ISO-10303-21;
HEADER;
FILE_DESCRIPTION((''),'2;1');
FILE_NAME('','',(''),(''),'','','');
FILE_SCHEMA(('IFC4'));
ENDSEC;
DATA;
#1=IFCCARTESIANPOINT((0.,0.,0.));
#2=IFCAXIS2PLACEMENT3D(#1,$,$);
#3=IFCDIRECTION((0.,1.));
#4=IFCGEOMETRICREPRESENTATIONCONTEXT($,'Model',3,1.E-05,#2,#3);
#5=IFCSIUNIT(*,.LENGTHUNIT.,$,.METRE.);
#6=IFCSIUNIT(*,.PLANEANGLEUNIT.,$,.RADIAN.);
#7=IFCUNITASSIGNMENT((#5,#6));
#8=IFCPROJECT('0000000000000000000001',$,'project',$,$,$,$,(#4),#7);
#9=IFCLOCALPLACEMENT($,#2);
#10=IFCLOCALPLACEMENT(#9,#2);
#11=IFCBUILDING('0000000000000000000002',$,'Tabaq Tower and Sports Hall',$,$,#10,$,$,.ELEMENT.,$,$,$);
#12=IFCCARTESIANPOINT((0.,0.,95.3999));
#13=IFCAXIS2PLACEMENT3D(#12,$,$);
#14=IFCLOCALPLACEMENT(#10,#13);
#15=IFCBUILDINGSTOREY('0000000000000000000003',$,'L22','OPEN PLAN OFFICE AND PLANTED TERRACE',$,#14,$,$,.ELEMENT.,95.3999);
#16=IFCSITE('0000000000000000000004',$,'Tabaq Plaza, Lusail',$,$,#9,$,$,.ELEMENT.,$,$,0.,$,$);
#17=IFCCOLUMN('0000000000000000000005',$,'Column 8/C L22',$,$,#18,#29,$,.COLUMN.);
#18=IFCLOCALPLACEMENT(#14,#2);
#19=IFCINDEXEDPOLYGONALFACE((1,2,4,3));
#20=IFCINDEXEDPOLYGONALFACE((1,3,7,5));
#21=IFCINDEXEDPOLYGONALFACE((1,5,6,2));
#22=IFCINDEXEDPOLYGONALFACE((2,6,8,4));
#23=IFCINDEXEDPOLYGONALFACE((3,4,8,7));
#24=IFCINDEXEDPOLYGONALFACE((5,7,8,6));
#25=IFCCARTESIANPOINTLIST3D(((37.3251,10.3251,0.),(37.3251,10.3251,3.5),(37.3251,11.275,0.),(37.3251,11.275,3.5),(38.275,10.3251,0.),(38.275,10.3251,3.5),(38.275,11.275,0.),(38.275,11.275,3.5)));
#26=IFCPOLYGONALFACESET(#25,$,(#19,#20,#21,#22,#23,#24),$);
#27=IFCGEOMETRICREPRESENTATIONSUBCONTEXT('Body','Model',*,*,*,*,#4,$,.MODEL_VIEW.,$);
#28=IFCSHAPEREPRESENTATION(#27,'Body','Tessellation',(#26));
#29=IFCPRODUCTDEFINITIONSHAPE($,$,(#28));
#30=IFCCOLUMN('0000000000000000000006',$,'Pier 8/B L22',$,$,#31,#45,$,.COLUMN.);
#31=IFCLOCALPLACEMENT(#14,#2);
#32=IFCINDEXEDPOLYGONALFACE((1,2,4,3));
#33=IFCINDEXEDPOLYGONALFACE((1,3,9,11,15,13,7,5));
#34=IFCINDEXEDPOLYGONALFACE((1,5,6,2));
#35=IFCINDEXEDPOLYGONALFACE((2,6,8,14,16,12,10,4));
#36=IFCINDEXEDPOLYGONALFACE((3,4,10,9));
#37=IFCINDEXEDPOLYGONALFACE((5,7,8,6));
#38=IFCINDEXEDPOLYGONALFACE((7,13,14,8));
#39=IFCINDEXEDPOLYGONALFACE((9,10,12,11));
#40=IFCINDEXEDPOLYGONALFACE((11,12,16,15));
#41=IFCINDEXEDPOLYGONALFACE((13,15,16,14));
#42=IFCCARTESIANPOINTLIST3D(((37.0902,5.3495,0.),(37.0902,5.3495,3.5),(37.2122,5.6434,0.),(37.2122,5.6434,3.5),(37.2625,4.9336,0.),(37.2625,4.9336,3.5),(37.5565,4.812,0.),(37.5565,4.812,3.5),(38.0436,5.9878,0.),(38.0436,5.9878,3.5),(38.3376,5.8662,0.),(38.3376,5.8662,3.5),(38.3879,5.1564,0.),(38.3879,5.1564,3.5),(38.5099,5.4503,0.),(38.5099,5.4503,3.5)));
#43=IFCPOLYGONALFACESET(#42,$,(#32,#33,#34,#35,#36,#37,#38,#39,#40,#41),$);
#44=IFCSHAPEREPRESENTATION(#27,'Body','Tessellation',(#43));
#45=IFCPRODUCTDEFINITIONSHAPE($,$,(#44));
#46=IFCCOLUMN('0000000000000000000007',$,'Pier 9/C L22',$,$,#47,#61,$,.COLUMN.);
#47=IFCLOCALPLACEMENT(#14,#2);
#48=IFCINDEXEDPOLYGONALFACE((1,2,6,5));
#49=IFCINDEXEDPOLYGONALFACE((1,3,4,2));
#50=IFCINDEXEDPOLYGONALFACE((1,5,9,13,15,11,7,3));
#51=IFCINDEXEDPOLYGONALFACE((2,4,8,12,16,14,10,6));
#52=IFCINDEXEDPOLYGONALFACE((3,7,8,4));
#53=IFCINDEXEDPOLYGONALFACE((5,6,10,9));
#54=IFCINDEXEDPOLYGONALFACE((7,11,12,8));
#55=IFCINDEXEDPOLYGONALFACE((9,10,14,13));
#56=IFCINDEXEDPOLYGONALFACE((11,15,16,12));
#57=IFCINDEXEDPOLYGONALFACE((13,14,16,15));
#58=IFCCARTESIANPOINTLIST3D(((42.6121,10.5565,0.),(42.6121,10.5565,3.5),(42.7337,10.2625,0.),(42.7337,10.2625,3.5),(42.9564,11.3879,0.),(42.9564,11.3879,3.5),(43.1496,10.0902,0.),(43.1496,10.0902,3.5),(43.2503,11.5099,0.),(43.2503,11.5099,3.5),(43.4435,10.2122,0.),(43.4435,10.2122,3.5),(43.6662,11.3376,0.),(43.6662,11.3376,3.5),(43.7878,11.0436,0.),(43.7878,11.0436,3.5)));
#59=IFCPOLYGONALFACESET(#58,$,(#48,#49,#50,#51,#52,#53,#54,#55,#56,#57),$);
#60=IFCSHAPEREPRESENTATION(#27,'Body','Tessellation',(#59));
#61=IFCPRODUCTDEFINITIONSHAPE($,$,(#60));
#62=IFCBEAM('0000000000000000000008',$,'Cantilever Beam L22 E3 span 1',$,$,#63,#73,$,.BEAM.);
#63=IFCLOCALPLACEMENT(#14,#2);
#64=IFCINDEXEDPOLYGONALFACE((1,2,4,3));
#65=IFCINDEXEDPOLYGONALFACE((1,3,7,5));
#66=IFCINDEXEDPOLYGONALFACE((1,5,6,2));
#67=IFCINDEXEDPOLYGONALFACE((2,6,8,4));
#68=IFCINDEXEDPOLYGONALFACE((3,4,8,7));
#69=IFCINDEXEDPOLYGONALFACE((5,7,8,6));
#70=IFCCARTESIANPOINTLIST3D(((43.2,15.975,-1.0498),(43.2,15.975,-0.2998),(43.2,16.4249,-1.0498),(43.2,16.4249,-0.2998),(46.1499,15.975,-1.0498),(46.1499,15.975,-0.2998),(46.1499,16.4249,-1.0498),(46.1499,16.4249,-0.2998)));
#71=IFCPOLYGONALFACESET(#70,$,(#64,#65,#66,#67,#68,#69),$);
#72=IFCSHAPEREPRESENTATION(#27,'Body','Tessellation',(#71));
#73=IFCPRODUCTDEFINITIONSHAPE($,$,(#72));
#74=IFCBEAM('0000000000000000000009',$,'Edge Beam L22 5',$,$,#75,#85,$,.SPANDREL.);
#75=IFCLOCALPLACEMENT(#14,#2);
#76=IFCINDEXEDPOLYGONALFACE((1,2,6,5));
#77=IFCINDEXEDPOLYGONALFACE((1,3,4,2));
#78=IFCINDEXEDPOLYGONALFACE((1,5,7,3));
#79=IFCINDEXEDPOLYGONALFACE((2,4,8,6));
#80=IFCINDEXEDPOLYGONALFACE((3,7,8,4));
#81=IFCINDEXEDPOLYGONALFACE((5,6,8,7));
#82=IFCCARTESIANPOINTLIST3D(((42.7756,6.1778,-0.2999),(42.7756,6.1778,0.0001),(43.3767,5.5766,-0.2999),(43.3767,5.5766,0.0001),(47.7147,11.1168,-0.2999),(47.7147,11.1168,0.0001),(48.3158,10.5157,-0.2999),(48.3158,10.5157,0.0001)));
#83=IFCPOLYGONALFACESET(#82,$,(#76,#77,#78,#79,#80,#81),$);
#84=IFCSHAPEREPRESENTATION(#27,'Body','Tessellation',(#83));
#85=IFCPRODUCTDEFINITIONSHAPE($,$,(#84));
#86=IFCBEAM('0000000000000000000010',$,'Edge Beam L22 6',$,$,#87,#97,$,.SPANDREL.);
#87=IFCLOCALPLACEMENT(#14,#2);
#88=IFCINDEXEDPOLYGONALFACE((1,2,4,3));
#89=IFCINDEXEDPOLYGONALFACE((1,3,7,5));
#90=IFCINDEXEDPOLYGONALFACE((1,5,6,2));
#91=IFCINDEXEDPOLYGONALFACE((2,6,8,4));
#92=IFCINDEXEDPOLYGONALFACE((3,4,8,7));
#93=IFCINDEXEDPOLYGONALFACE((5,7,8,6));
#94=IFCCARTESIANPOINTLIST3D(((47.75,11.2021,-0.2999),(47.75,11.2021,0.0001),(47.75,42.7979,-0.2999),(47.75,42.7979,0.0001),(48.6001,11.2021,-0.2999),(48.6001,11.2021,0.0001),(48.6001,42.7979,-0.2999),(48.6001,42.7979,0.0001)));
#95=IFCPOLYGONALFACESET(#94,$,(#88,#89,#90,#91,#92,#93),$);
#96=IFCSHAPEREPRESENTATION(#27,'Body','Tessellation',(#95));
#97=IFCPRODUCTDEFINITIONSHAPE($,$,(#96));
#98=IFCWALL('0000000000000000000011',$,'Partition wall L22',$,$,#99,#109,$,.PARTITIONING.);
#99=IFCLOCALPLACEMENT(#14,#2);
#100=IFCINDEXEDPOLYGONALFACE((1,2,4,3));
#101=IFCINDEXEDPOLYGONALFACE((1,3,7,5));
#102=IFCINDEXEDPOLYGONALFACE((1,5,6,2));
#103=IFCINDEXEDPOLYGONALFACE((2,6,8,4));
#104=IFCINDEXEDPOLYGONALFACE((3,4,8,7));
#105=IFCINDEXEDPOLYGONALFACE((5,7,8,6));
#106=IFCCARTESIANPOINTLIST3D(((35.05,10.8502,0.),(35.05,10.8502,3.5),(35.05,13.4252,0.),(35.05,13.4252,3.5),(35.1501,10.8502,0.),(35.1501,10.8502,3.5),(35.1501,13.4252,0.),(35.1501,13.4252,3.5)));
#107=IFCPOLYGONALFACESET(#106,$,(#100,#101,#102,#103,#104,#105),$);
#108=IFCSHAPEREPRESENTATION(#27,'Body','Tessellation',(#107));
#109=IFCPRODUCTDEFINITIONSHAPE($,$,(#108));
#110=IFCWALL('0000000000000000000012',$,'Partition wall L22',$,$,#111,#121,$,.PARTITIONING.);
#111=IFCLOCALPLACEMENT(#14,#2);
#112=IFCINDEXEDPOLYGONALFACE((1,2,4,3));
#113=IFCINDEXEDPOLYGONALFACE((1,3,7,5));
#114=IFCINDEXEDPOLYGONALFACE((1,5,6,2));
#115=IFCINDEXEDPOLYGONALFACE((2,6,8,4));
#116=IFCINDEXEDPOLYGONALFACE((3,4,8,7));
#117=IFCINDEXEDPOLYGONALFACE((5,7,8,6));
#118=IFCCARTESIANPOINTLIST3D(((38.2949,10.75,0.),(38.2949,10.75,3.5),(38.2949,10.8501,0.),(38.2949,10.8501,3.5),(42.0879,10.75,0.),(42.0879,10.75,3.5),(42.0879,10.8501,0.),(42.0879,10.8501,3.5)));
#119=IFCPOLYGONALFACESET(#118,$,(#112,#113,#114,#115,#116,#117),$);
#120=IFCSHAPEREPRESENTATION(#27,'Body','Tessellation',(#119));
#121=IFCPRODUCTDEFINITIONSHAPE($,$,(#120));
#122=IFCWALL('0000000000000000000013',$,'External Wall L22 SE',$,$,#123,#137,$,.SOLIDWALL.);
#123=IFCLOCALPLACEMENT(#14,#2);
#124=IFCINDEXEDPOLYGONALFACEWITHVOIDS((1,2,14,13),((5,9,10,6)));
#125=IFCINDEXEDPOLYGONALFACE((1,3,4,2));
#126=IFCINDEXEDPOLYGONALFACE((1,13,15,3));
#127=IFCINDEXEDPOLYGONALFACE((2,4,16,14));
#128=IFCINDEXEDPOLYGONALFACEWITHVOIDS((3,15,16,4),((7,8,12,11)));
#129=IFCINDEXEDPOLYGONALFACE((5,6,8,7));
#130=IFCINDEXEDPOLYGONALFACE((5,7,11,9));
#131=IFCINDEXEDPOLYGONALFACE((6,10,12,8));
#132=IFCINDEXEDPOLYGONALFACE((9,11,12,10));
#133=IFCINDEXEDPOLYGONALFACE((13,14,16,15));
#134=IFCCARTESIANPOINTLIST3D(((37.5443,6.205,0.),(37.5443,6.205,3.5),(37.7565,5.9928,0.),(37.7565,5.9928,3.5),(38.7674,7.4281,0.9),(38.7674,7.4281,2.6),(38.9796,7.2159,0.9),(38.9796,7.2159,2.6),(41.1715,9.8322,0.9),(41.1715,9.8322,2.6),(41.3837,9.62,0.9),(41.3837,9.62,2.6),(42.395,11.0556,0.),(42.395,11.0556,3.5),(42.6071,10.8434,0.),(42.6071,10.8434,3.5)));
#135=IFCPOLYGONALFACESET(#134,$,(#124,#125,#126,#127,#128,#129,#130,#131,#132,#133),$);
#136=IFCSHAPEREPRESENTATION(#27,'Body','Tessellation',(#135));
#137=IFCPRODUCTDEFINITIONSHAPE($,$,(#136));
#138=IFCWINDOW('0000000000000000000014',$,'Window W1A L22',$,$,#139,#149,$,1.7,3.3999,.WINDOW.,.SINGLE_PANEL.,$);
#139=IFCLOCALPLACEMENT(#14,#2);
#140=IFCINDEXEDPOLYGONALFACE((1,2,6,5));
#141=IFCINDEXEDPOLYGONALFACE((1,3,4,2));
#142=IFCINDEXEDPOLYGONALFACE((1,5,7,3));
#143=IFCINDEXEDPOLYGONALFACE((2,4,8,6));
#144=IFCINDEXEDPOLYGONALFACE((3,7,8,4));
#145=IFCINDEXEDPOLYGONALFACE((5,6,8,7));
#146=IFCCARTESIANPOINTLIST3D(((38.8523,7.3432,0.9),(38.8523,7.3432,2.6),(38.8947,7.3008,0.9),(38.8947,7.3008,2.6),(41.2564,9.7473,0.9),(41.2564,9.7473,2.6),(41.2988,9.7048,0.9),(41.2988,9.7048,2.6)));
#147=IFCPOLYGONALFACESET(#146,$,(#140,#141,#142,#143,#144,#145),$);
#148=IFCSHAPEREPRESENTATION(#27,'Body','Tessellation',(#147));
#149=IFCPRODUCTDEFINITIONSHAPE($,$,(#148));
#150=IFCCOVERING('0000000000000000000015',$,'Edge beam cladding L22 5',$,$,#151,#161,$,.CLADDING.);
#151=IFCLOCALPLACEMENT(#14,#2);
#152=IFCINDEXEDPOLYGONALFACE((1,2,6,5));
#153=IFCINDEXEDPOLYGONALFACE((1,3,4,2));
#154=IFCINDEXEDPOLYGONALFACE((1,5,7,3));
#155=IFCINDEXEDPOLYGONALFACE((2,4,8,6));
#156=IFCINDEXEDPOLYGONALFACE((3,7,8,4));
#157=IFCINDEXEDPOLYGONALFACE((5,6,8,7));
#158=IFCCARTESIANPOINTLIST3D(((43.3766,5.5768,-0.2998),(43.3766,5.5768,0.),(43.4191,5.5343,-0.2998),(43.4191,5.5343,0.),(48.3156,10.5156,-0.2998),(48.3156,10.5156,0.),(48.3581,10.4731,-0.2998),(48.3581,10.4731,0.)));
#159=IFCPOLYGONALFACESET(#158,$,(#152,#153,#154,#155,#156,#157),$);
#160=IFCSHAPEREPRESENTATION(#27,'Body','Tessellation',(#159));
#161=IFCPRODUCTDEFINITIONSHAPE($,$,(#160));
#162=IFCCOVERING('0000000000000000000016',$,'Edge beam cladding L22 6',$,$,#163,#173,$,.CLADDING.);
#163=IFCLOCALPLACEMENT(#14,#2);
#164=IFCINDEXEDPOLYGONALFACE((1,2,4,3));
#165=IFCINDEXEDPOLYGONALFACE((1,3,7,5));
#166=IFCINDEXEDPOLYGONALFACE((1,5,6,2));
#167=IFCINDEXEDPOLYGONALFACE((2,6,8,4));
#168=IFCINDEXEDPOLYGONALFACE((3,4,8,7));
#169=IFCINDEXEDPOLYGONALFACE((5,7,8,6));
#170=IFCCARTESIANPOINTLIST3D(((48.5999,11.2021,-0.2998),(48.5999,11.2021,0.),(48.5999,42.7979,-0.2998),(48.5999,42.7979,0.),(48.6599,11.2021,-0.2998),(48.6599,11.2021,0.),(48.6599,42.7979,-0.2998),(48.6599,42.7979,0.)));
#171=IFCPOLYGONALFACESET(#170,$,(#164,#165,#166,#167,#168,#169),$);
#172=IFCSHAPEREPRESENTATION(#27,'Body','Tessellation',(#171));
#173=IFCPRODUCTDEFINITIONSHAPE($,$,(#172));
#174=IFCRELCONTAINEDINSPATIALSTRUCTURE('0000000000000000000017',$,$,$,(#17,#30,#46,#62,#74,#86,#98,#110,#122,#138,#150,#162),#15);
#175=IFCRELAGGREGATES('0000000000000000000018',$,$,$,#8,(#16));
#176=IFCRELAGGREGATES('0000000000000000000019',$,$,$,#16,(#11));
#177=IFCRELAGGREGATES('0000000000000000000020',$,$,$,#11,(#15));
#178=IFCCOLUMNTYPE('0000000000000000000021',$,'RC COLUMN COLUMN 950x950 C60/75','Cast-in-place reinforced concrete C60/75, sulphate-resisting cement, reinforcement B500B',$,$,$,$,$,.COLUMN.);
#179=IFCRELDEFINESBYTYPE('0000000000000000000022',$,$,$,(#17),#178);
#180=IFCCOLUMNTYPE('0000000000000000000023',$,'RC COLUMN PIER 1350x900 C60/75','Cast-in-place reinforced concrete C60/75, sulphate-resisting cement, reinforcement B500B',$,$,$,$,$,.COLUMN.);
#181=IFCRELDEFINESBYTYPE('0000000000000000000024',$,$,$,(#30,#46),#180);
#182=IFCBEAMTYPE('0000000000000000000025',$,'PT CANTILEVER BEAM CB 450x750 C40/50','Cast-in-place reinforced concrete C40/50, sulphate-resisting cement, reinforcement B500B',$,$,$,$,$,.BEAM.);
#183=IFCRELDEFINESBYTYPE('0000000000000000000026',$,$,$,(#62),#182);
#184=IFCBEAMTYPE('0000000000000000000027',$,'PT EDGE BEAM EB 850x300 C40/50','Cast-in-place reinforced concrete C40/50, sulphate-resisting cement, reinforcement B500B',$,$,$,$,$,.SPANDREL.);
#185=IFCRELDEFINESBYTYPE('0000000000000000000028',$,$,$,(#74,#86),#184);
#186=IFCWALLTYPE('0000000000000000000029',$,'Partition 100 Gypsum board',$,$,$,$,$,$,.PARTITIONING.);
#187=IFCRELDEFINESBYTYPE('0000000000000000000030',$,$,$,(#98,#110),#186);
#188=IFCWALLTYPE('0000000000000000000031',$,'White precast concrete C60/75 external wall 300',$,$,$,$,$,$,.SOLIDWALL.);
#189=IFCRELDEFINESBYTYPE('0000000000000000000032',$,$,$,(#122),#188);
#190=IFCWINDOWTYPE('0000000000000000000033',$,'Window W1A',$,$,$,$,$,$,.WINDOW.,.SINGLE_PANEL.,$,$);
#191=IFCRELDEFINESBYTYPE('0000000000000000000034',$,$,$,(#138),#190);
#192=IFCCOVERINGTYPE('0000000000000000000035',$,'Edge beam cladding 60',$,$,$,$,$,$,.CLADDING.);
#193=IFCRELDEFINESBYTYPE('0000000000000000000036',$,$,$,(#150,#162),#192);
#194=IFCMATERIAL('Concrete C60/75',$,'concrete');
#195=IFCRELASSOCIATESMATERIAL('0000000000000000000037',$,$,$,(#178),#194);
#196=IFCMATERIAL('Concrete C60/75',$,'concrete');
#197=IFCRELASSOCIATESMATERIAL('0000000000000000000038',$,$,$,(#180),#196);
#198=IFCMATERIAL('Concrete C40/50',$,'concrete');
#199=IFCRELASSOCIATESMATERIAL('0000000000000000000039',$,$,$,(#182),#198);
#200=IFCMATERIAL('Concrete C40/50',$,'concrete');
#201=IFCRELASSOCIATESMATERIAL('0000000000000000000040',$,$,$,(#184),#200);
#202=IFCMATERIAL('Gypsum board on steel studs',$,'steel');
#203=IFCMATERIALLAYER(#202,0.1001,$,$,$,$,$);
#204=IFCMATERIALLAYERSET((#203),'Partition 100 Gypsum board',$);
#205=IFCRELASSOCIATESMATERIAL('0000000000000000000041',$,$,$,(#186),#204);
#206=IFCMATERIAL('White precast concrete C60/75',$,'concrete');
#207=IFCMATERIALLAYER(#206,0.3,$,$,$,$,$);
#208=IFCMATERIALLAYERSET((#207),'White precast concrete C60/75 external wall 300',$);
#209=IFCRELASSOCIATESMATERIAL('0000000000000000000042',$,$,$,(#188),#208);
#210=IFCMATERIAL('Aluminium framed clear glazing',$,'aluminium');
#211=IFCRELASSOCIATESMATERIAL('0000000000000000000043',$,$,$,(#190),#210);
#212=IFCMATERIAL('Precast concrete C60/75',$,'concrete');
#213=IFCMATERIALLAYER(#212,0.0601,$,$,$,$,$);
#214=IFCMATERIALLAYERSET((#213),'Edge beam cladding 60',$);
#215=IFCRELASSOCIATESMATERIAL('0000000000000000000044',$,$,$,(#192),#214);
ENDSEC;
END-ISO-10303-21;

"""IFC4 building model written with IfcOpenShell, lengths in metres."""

from ifc_helpers import new_model, si_unit, direction, frame, frame_2d, origin, origin_2d, place, context, subcontext, project, spatial, polyline, rectangle, outline, extrude, material, layer, layer_set, material_profile, profile_set, type_object, element, fill, save


model = new_model("IFC4")

# Units and contexts
model_context = context("Model", 3, precision=1e-05, world=origin(), true_north=direction((0.0, 1.0)))
body_context = subcontext(model_context, "Body", "Model", "MODEL_VIEW")
ifc_project = project(units=[si_unit("LENGTHUNIT", "METRE"), si_unit("PLANEANGLEUNIT", "RADIAN")], contexts=[model_context])

# Site, building, storey
site_placement = place(None, origin())
site = spatial("IfcSite", under=ifc_project, at=site_placement, Name="Tabaq Plaza, Lusail", CompositionType="ELEMENT", RefElevation=0.0)
building_placement = place(site_placement, origin())
building = spatial("IfcBuilding", under=site, at=building_placement, Name="Tabaq Tower and Sports Hall", CompositionType="ELEMENT")
storey_placement = place(building_placement, frame((0.0, 0.0, 95.3999)))
storey = spatial("IfcBuildingStorey", under=building, at=storey_placement, Name="L22", Description="OPEN PLAN OFFICE AND PLANTED TERRACE", CompositionType="ELEMENT", Elevation=95.3999)

# Columns
ifc_material_1 = material(Name="Concrete C60/75", Category="concrete")
ifc_material_profile_1 = material_profile(ifc_material_1, rectangle(XDim=0.95, YDim=0.95, at=origin_2d()), Name="COLUMN 950x950")
ifc_profile_set_1 = profile_set([ifc_material_profile_1], Name="Concrete C60/75")
column_type_1 = type_object("IfcColumnType", Name="RC COLUMN COLUMN 950x950 C60/75", Description="Cast-in-place reinforced concrete C60/75, sulphate-resisting cement, reinforcement B500B", PredefinedType="COLUMN", material=ifc_profile_set_1)
column_placement = place(storey_placement, frame((37.8, 10.8, 0.0), z_axis=(0.0, 0.0, 1.0), x_axis=(1.0, 0.0, 0.0)))
element("IfcColumn", 1, at=column_placement, inside=storey, type_object=column_type_1, Name="Column 8/C L22", PredefinedType="COLUMN", context=body_context, shape_type="SweptSolid", body=[
    extrude(rectangle(XDim=0.95, YDim=0.95, at=origin_2d()), origin(), (0.0, 0.0, 1.0), 3.5),
])
ifc_material_2 = material(Name="Concrete C60/75", Category="concrete")
ifc_material_profile_2 = material_profile(ifc_material_2, outline(polyline([(-0.45, -0.45), (0.45, -0.45), (0.675, -0.2251), (0.675, 0.2251), (0.45, 0.45), (-0.45, 0.45), (-0.675, 0.2251), (-0.675, -0.2251), (-0.45, -0.45)])), Name="PIER 1350x900")
ifc_profile_set_2 = profile_set([ifc_material_profile_2], Name="Concrete C60/75")
column_type_2 = type_object("IfcColumnType", Name="RC COLUMN PIER 1350x900 C60/75", Description="Cast-in-place reinforced concrete C60/75, sulphate-resisting cement, reinforcement B500B", PredefinedType="COLUMN", material=ifc_profile_set_2)
for number, where, z_axis, x_axis, name in (
    (2, (37.8, 5.3999, 0.0), (0.0, 0.0, 1.0), (0.92388, 0.382683, 0.0), "Pier 8/B L22"),
    (3, (43.2, 10.8, 0.0), (0.0, 0.0, 1.0), (0.382683, 0.92388, 0.0), "Pier 9/C L22"),
):
    element("IfcColumn", number, at=place(storey_placement, frame(where, z_axis=z_axis, x_axis=x_axis)), inside=storey, type_object=column_type_2, Name=name, PredefinedType="COLUMN", context=body_context, shape_type="SweptSolid", body=[
        extrude(outline(polyline([(-0.45, -0.45), (0.45, -0.45), (0.675, -0.2251), (0.675, 0.2251), (0.45, 0.45), (-0.45, 0.45), (-0.675, 0.2251), (-0.675, -0.2251), (-0.45, -0.45)])), origin(), (0.0, 0.0, 1.0), 3.5),
    ])

# Beams
ifc_material_3 = material(Name="Concrete C40/50", Category="concrete")
ifc_material_profile_3 = material_profile(ifc_material_3, rectangle(XDim=0.45, YDim=0.75, at=origin_2d()), Name="CB 450x750")
ifc_profile_set_3 = profile_set([ifc_material_profile_3], Name="Concrete C40/50")
beam_type_1 = type_object("IfcBeamType", Name="PT CANTILEVER BEAM CB 450x750 C40/50", Description="Cast-in-place reinforced concrete C40/50, sulphate-resisting cement, reinforcement B500B", PredefinedType="BEAM", material=ifc_profile_set_3)
beam_1_placement = place(storey_placement, frame((46.1499, 16.2, -0.6748), z_axis=(-1.0, 0.0, 0.0), x_axis=(0.0, -1.0, 0.0)))
element("IfcBeam", 4, at=beam_1_placement, inside=storey, type_object=beam_type_1, Name="Cantilever Beam L22 E3 span 1", PredefinedType="BEAM", context=body_context, shape_type="SweptSolid", body=[
    extrude(rectangle(XDim=0.45, YDim=0.75, at=origin_2d()), origin(), (0.0, 0.0, 1.0), 2.95),
])
ifc_material_4 = material(Name="Concrete C40/50", Category="concrete")
ifc_material_profile_4 = material_profile(ifc_material_4, rectangle(XDim=0.8501, YDim=0.3, at=origin_2d()), Name="EB 850x300")
ifc_profile_set_4 = profile_set([ifc_material_profile_4], Name="Concrete C40/50")
beam_type_2 = type_object("IfcBeamType", Name="PT EDGE BEAM EB 850x300 C40/50", Description="Cast-in-place reinforced concrete C40/50, sulphate-resisting cement, reinforcement B500B", PredefinedType="SPANDREL", material=ifc_profile_set_4)
beam_2_placement = place(storey_placement, frame((43.0762, 5.8772, -0.1499), z_axis=(0.707107, 0.707107, 0.0), x_axis=(-0.707107, 0.707107, 0.0)))
element("IfcBeam", 5, at=beam_2_placement, inside=storey, type_object=beam_type_2, Name="Edge Beam L22 5", PredefinedType="SPANDREL", context=body_context, shape_type="SweptSolid", body=[
    extrude(rectangle(XDim=0.8501, YDim=0.3, at=origin_2d()), origin(), (0.0, 0.0, 1.0), 6.9849),
])
beam_3_placement = place(storey_placement, frame((48.175, 11.2021, -0.1499), z_axis=(0.0, 1.0, 0.0), x_axis=(-1.0, 0.0, 0.0)))
element("IfcBeam", 6, at=beam_3_placement, inside=storey, type_object=beam_type_2, Name="Edge Beam L22 6", PredefinedType="SPANDREL", context=body_context, shape_type="SweptSolid", body=[
    extrude(rectangle(XDim=0.8501, YDim=0.3, at=origin_2d()), origin(), (0.0, 0.0, 1.0), 31.5957),
])

# Walls
ifc_material_5 = material(Name="Gypsum board on steel studs", Category="steel")
ifc_layer_1 = layer(ifc_material_5, 0.1001)
ifc_layer_set_1 = layer_set([ifc_layer_1], Name="Partition 100 Gypsum board")
wall_type_1 = type_object("IfcWallType", Name="Partition 100 Gypsum board", PredefinedType="PARTITIONING", material=ifc_layer_set_1)
wall_1_placement = place(storey_placement, frame((35.1001, 10.8501, 0.0), z_axis=(0.0, 0.0, 1.0), x_axis=(0.0, 1.0, 0.0)))
element("IfcWall", 7, at=wall_1_placement, inside=storey, type_object=wall_type_1, Name="Partition wall L22", PredefinedType="PARTITIONING", context=body_context, shape_type="SweptSolid", body=[
    extrude(rectangle(XDim=2.575, YDim=0.1001, at=frame_2d((1.2876, 0.0))), origin(), (0.0, 0.0, 1.0), 3.5),
])
wall_2_placement = place(storey_placement, frame((38.2949, 10.8, 0.0), z_axis=(0.0, 0.0, 1.0), x_axis=(1.0, 0.0, 0.0)))
element("IfcWall", 8, at=wall_2_placement, inside=storey, type_object=wall_type_1, Name="Partition wall L22", PredefinedType="PARTITIONING", context=body_context, shape_type="SweptSolid", body=[
    extrude(rectangle(XDim=3.793, YDim=0.1001, at=frame_2d((1.8965, 0.0))), origin(), (0.0, 0.0, 1.0), 3.5),
])

# Wall, opening, window
ifc_material_6 = material(Name="White precast concrete C60/75", Category="concrete")
ifc_layer_2 = layer(ifc_material_6, 0.3)
ifc_layer_set_2 = layer_set([ifc_layer_2], Name="White precast concrete C60/75 external wall 300")
wall_type_2 = type_object("IfcWallType", Name="White precast concrete C60/75 external wall 300", PredefinedType="SOLIDWALL", material=ifc_layer_set_2)
wall_3_placement = place(storey_placement, frame((37.6504, 6.0989, 0.0), z_axis=(0.0, 0.0, 1.0), x_axis=(0.707107, 0.707107, 0.0)))
wall_3 = element("IfcWall", 9, at=wall_3_placement, inside=storey, type_object=wall_type_2, Name="External Wall L22 SE", PredefinedType="SOLIDWALL", context=body_context, shape_type="SweptSolid", body=[
    extrude(rectangle(XDim=6.8599, YDim=0.3, at=frame_2d((3.4299, 0.0))), origin(), (0.0, 0.0, 1.0), 3.5),
])
opening_placement = place(wall_3_placement, frame((1.7297, 0.0, 0.8999)))
opening = element("IfcOpeningElement", 10, at=opening_placement, cuts=wall_3, PredefinedType="OPENING", context=body_context, shape_type="SweptSolid", body=[
    extrude(rectangle(XDim=3.3999, YDim=1.7, at=frame_2d((1.7, 0.8501))), frame((0.0, 0.1602, 0.0), z_axis=(0.0, -1.0, 0.0), x_axis=(1.0, 0.0, 0.0)), (0.0, 0.0, 1.0), 0.3201),
])
ifc_material_7 = material(Name="Aluminium framed clear glazing", Category="aluminium")
window_type = type_object("IfcWindowType", Name="Window W1A", PartitioningType="SINGLE_PANEL", PredefinedType="WINDOW", material=ifc_material_7)
window_placement = place(opening_placement, origin())
window = element("IfcWindow", 11, at=window_placement, inside=storey, type_object=window_type, Name="Window W1A L22", OverallHeight=1.7, OverallWidth=3.3999, PartitioningType="SINGLE_PANEL", PredefinedType="WINDOW", context=body_context, shape_type="SweptSolid", body=[
    extrude(rectangle(XDim=3.3999, YDim=1.7, at=frame_2d((1.7, 0.8501))), frame((0.0, 0.03, 0.0), z_axis=(0.0, -1.0, 0.0), x_axis=(1.0, 0.0, 0.0)), (0.0, 0.0, 1.0), 0.0601),
])
fill(opening, window)

# Coverings
ifc_material_8 = material(Name="Precast concrete C60/75", Category="concrete")
ifc_layer_3 = layer(ifc_material_8, 0.0601)
ifc_layer_set_3 = layer_set([ifc_layer_3], Name="Edge beam cladding 60")
covering_type_1 = type_object("IfcCoveringType", Name="Edge beam cladding 60", PredefinedType="CLADDING", material=ifc_layer_set_3)
covering_1_placement = place(storey_placement, frame((43.3979, 5.5557, -0.2998), z_axis=(0.0, 0.0, 1.0), x_axis=(0.707124, 0.707089, 0.0)))
element("IfcCovering", 12, at=covering_1_placement, inside=storey, type_object=covering_type_1, Name="Edge beam cladding L22 5", PredefinedType="CLADDING", context=body_context, shape_type="SweptSolid", body=[
    extrude(rectangle(XDim=6.9846, YDim=0.0601, at=frame_2d((3.4922, 0.0))), origin(), (0.0, 0.0, 1.0), 0.2998),
])
covering_2_placement = place(storey_placement, frame((48.6299, 11.2021, -0.2998), z_axis=(0.0, 0.0, 1.0), x_axis=(0.0, 1.0, 0.0)))
element("IfcCovering", 13, at=covering_2_placement, inside=storey, type_object=covering_type_1, Name="Edge beam cladding L22 6", PredefinedType="CLADDING", context=body_context, shape_type="SweptSolid", body=[
    extrude(rectangle(XDim=31.5957, YDim=0.0601, at=frame_2d((15.7979, 0.0))), origin(), (0.0, 0.0, 1.0), 0.2998),
])

save(model, "model.ifc")
